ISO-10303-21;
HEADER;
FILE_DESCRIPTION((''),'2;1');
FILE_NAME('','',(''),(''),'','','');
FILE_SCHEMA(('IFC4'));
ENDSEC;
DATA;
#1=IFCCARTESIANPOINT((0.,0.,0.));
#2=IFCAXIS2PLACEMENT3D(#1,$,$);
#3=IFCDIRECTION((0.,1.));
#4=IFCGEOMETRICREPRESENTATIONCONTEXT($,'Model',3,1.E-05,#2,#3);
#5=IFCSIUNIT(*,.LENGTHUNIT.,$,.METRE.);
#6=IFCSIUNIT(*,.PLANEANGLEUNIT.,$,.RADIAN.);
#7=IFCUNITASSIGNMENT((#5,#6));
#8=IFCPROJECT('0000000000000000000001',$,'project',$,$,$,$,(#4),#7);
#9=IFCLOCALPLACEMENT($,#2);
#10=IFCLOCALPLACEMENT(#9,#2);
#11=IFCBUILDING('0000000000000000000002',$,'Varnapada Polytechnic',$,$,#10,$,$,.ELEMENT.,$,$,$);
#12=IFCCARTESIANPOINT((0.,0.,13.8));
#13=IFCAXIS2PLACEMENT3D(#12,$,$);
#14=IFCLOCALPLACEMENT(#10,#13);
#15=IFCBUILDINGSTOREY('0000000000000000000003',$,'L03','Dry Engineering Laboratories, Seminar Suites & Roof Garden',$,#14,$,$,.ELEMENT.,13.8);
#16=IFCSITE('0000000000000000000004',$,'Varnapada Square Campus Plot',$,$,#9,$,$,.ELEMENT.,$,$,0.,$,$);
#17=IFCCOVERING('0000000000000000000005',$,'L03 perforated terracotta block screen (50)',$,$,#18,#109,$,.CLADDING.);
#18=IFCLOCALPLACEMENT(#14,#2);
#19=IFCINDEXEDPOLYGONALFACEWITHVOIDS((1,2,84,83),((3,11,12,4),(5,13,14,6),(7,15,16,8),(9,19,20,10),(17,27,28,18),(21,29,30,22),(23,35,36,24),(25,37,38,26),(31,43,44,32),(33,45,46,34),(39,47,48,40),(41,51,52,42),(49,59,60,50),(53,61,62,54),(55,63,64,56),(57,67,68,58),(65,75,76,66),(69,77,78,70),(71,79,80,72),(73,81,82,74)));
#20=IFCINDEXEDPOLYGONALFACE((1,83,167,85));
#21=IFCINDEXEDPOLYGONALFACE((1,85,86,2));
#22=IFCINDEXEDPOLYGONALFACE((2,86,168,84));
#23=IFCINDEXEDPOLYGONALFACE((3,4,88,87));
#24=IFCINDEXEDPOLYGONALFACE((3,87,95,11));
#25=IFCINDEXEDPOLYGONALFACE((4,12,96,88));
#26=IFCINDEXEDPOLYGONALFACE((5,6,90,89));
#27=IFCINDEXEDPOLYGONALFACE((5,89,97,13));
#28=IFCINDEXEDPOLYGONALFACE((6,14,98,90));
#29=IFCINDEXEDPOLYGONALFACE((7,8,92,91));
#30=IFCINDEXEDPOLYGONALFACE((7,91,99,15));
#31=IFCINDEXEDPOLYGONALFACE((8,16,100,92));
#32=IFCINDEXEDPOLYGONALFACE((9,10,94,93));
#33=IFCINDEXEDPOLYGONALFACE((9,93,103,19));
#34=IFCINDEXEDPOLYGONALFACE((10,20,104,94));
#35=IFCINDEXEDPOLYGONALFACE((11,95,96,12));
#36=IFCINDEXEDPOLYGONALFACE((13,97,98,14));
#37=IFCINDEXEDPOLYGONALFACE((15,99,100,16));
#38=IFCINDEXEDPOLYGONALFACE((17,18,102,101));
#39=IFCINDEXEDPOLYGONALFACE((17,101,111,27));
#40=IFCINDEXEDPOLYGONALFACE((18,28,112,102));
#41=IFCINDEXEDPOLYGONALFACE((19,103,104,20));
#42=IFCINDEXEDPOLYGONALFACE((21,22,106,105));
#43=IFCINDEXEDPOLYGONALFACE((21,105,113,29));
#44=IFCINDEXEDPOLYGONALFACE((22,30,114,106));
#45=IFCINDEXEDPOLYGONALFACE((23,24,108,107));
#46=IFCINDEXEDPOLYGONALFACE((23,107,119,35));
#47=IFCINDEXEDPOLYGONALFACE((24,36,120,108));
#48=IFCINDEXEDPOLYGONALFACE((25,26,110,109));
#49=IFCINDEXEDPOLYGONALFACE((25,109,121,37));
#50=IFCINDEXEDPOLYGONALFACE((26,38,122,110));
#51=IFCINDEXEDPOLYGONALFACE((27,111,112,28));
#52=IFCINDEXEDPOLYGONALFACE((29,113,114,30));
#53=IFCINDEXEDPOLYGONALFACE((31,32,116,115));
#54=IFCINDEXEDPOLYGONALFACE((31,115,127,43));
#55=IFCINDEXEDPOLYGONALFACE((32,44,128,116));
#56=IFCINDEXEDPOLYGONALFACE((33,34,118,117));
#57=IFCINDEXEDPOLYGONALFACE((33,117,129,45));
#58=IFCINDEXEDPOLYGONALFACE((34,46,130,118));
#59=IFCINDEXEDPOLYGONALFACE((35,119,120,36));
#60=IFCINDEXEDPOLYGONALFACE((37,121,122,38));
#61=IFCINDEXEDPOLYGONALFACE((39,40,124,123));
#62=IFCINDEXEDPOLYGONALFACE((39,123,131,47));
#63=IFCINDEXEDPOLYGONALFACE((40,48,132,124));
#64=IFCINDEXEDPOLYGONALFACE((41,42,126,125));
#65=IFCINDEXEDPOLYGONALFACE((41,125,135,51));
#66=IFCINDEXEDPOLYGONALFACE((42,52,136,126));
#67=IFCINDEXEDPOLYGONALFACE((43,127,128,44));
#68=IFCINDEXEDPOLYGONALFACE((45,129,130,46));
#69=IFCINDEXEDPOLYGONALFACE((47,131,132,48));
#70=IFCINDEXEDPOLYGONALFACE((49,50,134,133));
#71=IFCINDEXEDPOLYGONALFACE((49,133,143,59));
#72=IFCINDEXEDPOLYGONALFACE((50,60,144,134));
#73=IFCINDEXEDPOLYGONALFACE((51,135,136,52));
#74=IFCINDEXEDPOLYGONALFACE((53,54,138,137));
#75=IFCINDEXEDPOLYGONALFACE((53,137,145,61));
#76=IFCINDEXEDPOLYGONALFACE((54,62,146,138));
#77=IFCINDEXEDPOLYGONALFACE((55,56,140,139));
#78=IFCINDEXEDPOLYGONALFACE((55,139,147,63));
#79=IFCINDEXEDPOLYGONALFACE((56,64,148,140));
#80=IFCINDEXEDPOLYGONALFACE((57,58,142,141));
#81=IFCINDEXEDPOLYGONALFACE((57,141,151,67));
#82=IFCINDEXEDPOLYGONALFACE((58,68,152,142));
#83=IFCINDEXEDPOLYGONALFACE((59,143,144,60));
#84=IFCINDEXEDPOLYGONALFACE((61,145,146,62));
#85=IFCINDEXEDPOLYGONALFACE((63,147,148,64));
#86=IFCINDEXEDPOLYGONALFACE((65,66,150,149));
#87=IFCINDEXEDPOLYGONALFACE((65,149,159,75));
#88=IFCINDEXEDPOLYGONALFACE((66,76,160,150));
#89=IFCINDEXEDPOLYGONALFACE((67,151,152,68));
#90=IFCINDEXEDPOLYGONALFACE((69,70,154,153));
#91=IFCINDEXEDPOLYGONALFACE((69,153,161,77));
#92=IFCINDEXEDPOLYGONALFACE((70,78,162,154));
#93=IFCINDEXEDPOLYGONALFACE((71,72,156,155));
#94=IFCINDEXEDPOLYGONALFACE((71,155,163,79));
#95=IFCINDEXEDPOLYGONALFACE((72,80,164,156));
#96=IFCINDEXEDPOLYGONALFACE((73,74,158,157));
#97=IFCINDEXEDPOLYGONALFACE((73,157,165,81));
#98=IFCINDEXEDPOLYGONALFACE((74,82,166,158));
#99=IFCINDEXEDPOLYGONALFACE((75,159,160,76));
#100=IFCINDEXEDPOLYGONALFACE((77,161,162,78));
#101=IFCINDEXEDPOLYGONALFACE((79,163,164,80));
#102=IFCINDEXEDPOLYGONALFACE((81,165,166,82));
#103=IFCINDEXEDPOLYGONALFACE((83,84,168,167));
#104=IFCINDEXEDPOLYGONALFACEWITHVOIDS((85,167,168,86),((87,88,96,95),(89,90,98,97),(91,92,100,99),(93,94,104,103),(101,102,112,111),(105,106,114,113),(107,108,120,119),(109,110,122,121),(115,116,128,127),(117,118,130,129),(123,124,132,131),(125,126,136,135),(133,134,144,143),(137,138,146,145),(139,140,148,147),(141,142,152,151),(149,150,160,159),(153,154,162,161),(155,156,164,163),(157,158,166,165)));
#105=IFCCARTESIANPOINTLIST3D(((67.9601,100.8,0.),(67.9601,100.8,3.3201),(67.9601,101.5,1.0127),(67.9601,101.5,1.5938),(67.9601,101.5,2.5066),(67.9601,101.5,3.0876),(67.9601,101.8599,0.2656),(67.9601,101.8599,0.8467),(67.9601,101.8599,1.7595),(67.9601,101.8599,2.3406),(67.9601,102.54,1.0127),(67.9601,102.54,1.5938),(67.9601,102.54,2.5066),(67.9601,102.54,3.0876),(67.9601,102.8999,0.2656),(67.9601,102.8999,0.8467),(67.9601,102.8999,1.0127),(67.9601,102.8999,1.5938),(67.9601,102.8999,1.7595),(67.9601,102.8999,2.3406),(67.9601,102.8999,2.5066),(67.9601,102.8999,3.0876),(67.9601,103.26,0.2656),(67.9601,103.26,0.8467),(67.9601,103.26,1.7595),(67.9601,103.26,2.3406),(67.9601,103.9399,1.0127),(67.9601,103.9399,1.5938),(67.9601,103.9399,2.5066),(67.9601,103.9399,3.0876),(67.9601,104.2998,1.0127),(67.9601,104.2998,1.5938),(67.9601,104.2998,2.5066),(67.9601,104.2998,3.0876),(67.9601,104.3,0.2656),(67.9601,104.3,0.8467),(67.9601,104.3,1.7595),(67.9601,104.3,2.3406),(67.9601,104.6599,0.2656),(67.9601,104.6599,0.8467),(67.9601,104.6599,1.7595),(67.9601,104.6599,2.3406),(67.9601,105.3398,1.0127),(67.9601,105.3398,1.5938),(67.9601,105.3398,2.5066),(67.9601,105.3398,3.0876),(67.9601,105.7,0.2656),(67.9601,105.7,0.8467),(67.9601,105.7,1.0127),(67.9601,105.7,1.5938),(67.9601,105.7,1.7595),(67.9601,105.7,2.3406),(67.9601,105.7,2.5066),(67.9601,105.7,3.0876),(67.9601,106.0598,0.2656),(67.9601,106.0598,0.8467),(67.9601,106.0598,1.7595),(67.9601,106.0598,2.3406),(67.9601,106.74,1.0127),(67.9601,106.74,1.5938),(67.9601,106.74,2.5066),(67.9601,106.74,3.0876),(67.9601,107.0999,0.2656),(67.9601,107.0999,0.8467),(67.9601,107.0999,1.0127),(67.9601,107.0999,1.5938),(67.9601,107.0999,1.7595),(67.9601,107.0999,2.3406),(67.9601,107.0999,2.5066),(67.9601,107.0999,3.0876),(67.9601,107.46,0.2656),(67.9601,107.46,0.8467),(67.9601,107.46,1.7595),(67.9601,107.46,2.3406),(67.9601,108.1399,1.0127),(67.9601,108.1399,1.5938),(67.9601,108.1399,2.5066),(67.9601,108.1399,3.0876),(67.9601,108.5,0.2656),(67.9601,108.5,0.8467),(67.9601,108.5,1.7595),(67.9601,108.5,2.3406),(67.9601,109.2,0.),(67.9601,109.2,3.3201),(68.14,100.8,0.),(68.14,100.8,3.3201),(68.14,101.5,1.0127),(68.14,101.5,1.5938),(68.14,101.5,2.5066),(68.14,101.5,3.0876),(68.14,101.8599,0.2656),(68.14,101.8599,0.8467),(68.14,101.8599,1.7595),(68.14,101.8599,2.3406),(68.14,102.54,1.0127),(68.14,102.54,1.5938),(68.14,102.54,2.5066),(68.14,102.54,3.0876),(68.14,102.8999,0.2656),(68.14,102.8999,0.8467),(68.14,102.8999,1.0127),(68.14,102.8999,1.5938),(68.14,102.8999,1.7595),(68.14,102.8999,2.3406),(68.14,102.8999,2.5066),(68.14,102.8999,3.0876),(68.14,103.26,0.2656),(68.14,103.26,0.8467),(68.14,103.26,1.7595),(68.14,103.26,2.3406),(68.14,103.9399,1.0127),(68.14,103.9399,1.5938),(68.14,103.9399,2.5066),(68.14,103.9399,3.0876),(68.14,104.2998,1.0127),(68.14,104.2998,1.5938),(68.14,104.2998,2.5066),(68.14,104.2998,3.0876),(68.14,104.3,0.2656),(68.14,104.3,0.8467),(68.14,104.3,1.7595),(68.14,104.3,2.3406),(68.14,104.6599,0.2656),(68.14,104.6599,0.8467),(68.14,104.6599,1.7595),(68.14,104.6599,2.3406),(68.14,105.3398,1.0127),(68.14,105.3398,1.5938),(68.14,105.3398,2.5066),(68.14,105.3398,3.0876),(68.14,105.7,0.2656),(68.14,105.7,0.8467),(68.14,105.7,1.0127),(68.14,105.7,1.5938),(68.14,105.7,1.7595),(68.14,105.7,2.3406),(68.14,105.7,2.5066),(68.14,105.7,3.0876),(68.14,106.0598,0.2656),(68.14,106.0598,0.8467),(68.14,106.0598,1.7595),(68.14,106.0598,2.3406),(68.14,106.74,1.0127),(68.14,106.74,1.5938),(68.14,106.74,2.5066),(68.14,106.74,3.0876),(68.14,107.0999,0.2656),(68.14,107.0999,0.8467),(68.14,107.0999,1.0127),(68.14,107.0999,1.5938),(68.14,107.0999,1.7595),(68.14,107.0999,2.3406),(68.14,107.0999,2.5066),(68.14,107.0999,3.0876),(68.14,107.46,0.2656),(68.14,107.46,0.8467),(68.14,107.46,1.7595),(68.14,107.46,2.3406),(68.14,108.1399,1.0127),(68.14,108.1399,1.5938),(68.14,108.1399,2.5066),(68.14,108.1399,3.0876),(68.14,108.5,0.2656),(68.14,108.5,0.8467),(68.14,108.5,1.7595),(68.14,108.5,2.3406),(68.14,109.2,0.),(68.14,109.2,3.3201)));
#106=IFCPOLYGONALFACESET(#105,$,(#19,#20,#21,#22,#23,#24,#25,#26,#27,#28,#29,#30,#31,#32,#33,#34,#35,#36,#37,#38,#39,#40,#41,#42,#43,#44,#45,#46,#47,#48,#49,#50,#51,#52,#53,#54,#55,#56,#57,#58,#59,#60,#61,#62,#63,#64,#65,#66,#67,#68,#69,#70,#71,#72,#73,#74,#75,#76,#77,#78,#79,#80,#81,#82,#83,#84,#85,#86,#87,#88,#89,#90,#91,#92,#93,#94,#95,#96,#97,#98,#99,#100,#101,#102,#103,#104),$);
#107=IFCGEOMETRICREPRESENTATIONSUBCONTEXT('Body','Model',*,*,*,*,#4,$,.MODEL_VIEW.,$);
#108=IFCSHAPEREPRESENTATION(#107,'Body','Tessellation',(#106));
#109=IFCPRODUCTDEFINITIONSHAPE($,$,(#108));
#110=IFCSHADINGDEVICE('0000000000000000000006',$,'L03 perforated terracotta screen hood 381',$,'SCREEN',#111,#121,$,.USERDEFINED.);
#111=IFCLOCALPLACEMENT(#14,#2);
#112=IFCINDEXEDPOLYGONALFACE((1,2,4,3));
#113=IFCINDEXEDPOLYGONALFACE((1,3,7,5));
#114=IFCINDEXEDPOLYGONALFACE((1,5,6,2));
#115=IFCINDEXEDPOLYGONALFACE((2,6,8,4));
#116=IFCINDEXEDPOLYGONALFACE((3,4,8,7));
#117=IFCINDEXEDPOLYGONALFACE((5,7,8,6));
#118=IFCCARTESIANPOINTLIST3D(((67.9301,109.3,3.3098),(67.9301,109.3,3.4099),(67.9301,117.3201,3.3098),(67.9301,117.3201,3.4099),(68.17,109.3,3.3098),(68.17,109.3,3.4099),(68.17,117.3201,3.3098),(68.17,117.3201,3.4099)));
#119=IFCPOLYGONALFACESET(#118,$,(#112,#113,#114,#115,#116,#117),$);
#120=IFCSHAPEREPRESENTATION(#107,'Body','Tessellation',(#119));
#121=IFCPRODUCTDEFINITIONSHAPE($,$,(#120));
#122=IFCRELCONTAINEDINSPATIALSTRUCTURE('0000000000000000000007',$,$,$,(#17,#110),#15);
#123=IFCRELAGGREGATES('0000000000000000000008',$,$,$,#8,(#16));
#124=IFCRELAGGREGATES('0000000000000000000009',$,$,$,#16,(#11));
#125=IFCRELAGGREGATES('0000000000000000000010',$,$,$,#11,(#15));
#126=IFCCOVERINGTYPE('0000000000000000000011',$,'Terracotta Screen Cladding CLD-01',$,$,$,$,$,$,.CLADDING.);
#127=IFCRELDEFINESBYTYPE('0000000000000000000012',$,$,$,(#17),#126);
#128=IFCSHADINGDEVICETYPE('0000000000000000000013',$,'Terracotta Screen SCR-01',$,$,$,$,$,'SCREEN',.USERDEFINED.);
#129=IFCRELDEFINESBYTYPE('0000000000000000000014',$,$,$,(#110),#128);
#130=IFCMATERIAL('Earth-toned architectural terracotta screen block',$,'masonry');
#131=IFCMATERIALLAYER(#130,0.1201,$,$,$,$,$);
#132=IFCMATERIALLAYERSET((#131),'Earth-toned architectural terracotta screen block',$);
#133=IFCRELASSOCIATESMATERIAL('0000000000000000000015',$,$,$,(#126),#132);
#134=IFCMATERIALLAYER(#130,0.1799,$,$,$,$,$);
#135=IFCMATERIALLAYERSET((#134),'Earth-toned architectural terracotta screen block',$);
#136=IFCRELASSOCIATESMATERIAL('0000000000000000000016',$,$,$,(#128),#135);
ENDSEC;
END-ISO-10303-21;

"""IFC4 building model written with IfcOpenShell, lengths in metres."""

from ifc_helpers import new_model, si_unit, direction, frame, frame_2d, origin, origin_2d, place, context, subcontext, project, spatial, rectangle, extrude, material, layer, layer_set, type_object, element, save


model = new_model("IFC4")

# Units and contexts
model_context = context("Model", 3, precision=1e-05, world=origin(), true_north=direction((0.0, 1.0)))
body_context = subcontext(model_context, "Body", "Model", "MODEL_VIEW")
ifc_project = project(units=[si_unit("LENGTHUNIT", "METRE"), si_unit("PLANEANGLEUNIT", "RADIAN")], contexts=[model_context])

# Site, building, storey
site_placement = place(None, origin())
site = spatial("IfcSite", under=ifc_project, at=site_placement, Name="Varnapada Square Campus Plot", CompositionType="ELEMENT", RefElevation=0.0)
building_placement = place(site_placement, origin())
building = spatial("IfcBuilding", under=site, at=building_placement, Name="Varnapada Polytechnic", CompositionType="ELEMENT")
storey_placement = place(building_placement, frame((0.0, 0.0, 13.8)))
storey = spatial("IfcBuildingStorey", under=building, at=storey_placement, Name="L03", Description="Dry Engineering Laboratories, Seminar Suites & Roof Garden", CompositionType="ELEMENT", Elevation=13.8)

# Covering, openings
ifc_material_1 = material(Name="Earth-toned architectural terracotta screen block", Category="masonry")
ifc_layer_1 = layer(ifc_material_1, 0.1201)
ifc_layer_set_1 = layer_set([ifc_layer_1], Name="Earth-toned architectural terracotta screen block")
covering_type_1 = type_object("IfcCoveringType", Name="Terracotta Screen Cladding CLD-01", PredefinedType="CLADDING", material=ifc_layer_set_1)
covering_1_placement = place(storey_placement, frame((68.05, 109.2, 0.0), z_axis=(0.0, 0.0, 1.0), x_axis=(0.0, -1.0, 0.0)))
covering_1 = element("IfcCovering", 1, at=covering_1_placement, inside=storey, type_object=covering_type_1, Name="L03 perforated terracotta block screen (50)", PredefinedType="CLADDING", context=body_context, shape_type="SweptSolid", body=[
    extrude(rectangle(XDim=8.3999, YDim=0.1799, at=frame_2d((4.2, 0.0))), origin(), (0.0, 0.0, 1.0), 3.3201),
])
opening_1_placement = place(covering_1_placement, frame((0.7, 0.0, 0.2656)))
element("IfcOpeningElement", 2, at=opening_1_placement, cuts=covering_1, PredefinedType="OPENING", context=body_context, shape_type="SweptSolid", body=[
    extrude(rectangle(XDim=1.04, YDim=0.5811, at=frame_2d((0.52, 0.2905))), frame((0.0, 0.0999, 0.0), z_axis=(0.0, -1.0, 0.0), x_axis=(1.0, 0.0, 0.0)), (0.0, 0.0, 1.0), 0.2),
])
opening_2_placement = place(covering_1_placement, frame((2.1001, 0.0, 0.2656)))
element("IfcOpeningElement", 3, at=opening_2_placement, cuts=covering_1, PredefinedType="OPENING", context=body_context, shape_type="SweptSolid", body=[
    extrude(rectangle(XDim=1.04, YDim=0.5811, at=frame_2d((0.52, 0.2905))), frame((0.0, 0.0999, 0.0), z_axis=(0.0, -1.0, 0.0), x_axis=(1.0, 0.0, 0.0)), (0.0, 0.0, 1.0), 0.2),
])
opening_3_placement = place(covering_1_placement, frame((3.5, 0.0, 0.2656)))
element("IfcOpeningElement", 4, at=opening_3_placement, cuts=covering_1, PredefinedType="OPENING", context=body_context, shape_type="SweptSolid", body=[
    extrude(rectangle(XDim=1.04, YDim=0.5811, at=frame_2d((0.52, 0.2905))), frame((0.0, 0.0999, 0.0), z_axis=(0.0, -1.0, 0.0), x_axis=(1.0, 0.0, 0.0)), (0.0, 0.0, 1.0), 0.2),
])
opening_4_placement = place(covering_1_placement, frame((4.8999, 0.0, 0.2656)))
element("IfcOpeningElement", 5, at=opening_4_placement, cuts=covering_1, PredefinedType="OPENING", context=body_context, shape_type="SweptSolid", body=[
    extrude(rectangle(XDim=1.04, YDim=0.5811, at=frame_2d((0.52, 0.2905))), frame((0.0, 0.0999, 0.0), z_axis=(0.0, -1.0, 0.0), x_axis=(1.0, 0.0, 0.0)), (0.0, 0.0, 1.0), 0.2),
])
opening_5_placement = place(covering_1_placement, frame((6.3, 0.0, 0.2656)))
element("IfcOpeningElement", 6, at=opening_5_placement, cuts=covering_1, PredefinedType="OPENING", context=body_context, shape_type="SweptSolid", body=[
    extrude(rectangle(XDim=1.04, YDim=0.5811, at=frame_2d((0.52, 0.2905))), frame((0.0, 0.0999, 0.0), z_axis=(0.0, -1.0, 0.0), x_axis=(1.0, 0.0, 0.0)), (0.0, 0.0, 1.0), 0.2),
])
opening_6_placement = place(covering_1_placement, frame((1.0601, 0.0, 1.0127)))
element("IfcOpeningElement", 7, at=opening_6_placement, cuts=covering_1, PredefinedType="OPENING", context=body_context, shape_type="SweptSolid", body=[
    extrude(rectangle(XDim=1.04, YDim=0.5811, at=frame_2d((0.52, 0.2905))), frame((0.0, 0.0999, 0.0), z_axis=(0.0, -1.0, 0.0), x_axis=(1.0, 0.0, 0.0)), (0.0, 0.0, 1.0), 0.2),
])
opening_7_placement = place(covering_1_placement, frame((2.46, 0.0, 1.0127)))
element("IfcOpeningElement", 8, at=opening_7_placement, cuts=covering_1, PredefinedType="OPENING", context=body_context, shape_type="SweptSolid", body=[
    extrude(rectangle(XDim=1.04, YDim=0.5811, at=frame_2d((0.52, 0.2905))), frame((0.0, 0.0999, 0.0), z_axis=(0.0, -1.0, 0.0), x_axis=(1.0, 0.0, 0.0)), (0.0, 0.0, 1.0), 0.2),
])
opening_8_placement = place(covering_1_placement, frame((3.8601, 0.0, 1.0127)))
element("IfcOpeningElement", 9, at=opening_8_placement, cuts=covering_1, PredefinedType="OPENING", context=body_context, shape_type="SweptSolid", body=[
    extrude(rectangle(XDim=1.04, YDim=0.5811, at=frame_2d((0.52, 0.2905))), frame((0.0, 0.0999, 0.0), z_axis=(0.0, -1.0, 0.0), x_axis=(1.0, 0.0, 0.0)), (0.0, 0.0, 1.0), 0.2),
])
opening_9_placement = place(covering_1_placement, frame((5.26, 0.0, 1.0127)))
element("IfcOpeningElement", 10, at=opening_9_placement, cuts=covering_1, PredefinedType="OPENING", context=body_context, shape_type="SweptSolid", body=[
    extrude(rectangle(XDim=1.04, YDim=0.5811, at=frame_2d((0.52, 0.2905))), frame((0.0, 0.0999, 0.0), z_axis=(0.0, -1.0, 0.0), x_axis=(1.0, 0.0, 0.0)), (0.0, 0.0, 1.0), 0.2),
])
opening_10_placement = place(covering_1_placement, frame((6.6599, 0.0, 1.0127)))
element("IfcOpeningElement", 11, at=opening_10_placement, cuts=covering_1, PredefinedType="OPENING", context=body_context, shape_type="SweptSolid", body=[
    extrude(rectangle(XDim=1.04, YDim=0.5811, at=frame_2d((0.52, 0.2905))), frame((0.0, 0.0999, 0.0), z_axis=(0.0, -1.0, 0.0), x_axis=(1.0, 0.0, 0.0)), (0.0, 0.0, 1.0), 0.2),
])
opening_11_placement = place(covering_1_placement, frame((0.7, 0.0, 1.7595)))
element("IfcOpeningElement", 12, at=opening_11_placement, cuts=covering_1, PredefinedType="OPENING", context=body_context, shape_type="SweptSolid", body=[
    extrude(rectangle(XDim=1.04, YDim=0.5811, at=frame_2d((0.52, 0.2905))), frame((0.0, 0.0999, 0.0), z_axis=(0.0, -1.0, 0.0), x_axis=(1.0, 0.0, 0.0)), (0.0, 0.0, 1.0), 0.2),
])
opening_12_placement = place(covering_1_placement, frame((2.1001, 0.0, 1.7595)))
element("IfcOpeningElement", 13, at=opening_12_placement, cuts=covering_1, PredefinedType="OPENING", context=body_context, shape_type="SweptSolid", body=[
    extrude(rectangle(XDim=1.04, YDim=0.5811, at=frame_2d((0.52, 0.2905))), frame((0.0, 0.0999, 0.0), z_axis=(0.0, -1.0, 0.0), x_axis=(1.0, 0.0, 0.0)), (0.0, 0.0, 1.0), 0.2),
])
opening_13_placement = place(covering_1_placement, frame((3.5, 0.0, 1.7595)))
element("IfcOpeningElement", 14, at=opening_13_placement, cuts=covering_1, PredefinedType="OPENING", context=body_context, shape_type="SweptSolid", body=[
    extrude(rectangle(XDim=1.04, YDim=0.5811, at=frame_2d((0.52, 0.2905))), frame((0.0, 0.0999, 0.0), z_axis=(0.0, -1.0, 0.0), x_axis=(1.0, 0.0, 0.0)), (0.0, 0.0, 1.0), 0.2),
])
opening_14_placement = place(covering_1_placement, frame((4.8999, 0.0, 1.7595)))
element("IfcOpeningElement", 15, at=opening_14_placement, cuts=covering_1, PredefinedType="OPENING", context=body_context, shape_type="SweptSolid", body=[
    extrude(rectangle(XDim=1.04, YDim=0.5811, at=frame_2d((0.52, 0.2905))), frame((0.0, 0.0999, 0.0), z_axis=(0.0, -1.0, 0.0), x_axis=(1.0, 0.0, 0.0)), (0.0, 0.0, 1.0), 0.2),
])
opening_15_placement = place(covering_1_placement, frame((6.3, 0.0, 1.7595)))
element("IfcOpeningElement", 16, at=opening_15_placement, cuts=covering_1, PredefinedType="OPENING", context=body_context, shape_type="SweptSolid", body=[
    extrude(rectangle(XDim=1.04, YDim=0.5811, at=frame_2d((0.52, 0.2905))), frame((0.0, 0.0999, 0.0), z_axis=(0.0, -1.0, 0.0), x_axis=(1.0, 0.0, 0.0)), (0.0, 0.0, 1.0), 0.2),
])
opening_16_placement = place(covering_1_placement, frame((1.0601, 0.0, 2.5066)))
element("IfcOpeningElement", 17, at=opening_16_placement, cuts=covering_1, PredefinedType="OPENING", context=body_context, shape_type="SweptSolid", body=[
    extrude(rectangle(XDim=1.04, YDim=0.5811, at=frame_2d((0.52, 0.2905))), frame((0.0, 0.0999, 0.0), z_axis=(0.0, -1.0, 0.0), x_axis=(1.0, 0.0, 0.0)), (0.0, 0.0, 1.0), 0.2),
])
opening_17_placement = place(covering_1_placement, frame((2.46, 0.0, 2.5066)))
element("IfcOpeningElement", 18, at=opening_17_placement, cuts=covering_1, PredefinedType="OPENING", context=body_context, shape_type="SweptSolid", body=[
    extrude(rectangle(XDim=1.04, YDim=0.5811, at=frame_2d((0.52, 0.2905))), frame((0.0, 0.0999, 0.0), z_axis=(0.0, -1.0, 0.0), x_axis=(1.0, 0.0, 0.0)), (0.0, 0.0, 1.0), 0.2),
])
opening_18_placement = place(covering_1_placement, frame((3.8601, 0.0, 2.5066)))
element("IfcOpeningElement", 19, at=opening_18_placement, cuts=covering_1, PredefinedType="OPENING", context=body_context, shape_type="SweptSolid", body=[
    extrude(rectangle(XDim=1.04, YDim=0.5811, at=frame_2d((0.52, 0.2905))), frame((0.0, 0.0999, 0.0), z_axis=(0.0, -1.0, 0.0), x_axis=(1.0, 0.0, 0.0)), (0.0, 0.0, 1.0), 0.2),
])
opening_19_placement = place(covering_1_placement, frame((5.26, 0.0, 2.5066)))
element("IfcOpeningElement", 20, at=opening_19_placement, cuts=covering_1, PredefinedType="OPENING", context=body_context, shape_type="SweptSolid", body=[
    extrude(rectangle(XDim=1.04, YDim=0.5811, at=frame_2d((0.52, 0.2905))), frame((0.0, 0.0999, 0.0), z_axis=(0.0, -1.0, 0.0), x_axis=(1.0, 0.0, 0.0)), (0.0, 0.0, 1.0), 0.2),
])
opening_20_placement = place(covering_1_placement, frame((6.6599, 0.0, 2.5066)))
element("IfcOpeningElement", 21, at=opening_20_placement, cuts=covering_1, PredefinedType="OPENING", context=body_context, shape_type="SweptSolid", body=[
    extrude(rectangle(XDim=1.04, YDim=0.5811, at=frame_2d((0.52, 0.2905))), frame((0.0, 0.0999, 0.0), z_axis=(0.0, -1.0, 0.0), x_axis=(1.0, 0.0, 0.0)), (0.0, 0.0, 1.0), 0.2),
])

# Shading device
ifc_layer_2 = layer(ifc_material_1, 0.1799)
ifc_layer_set_2 = layer_set([ifc_layer_2], Name="Earth-toned architectural terracotta screen block")
shading_device_type = type_object("IfcShadingDeviceType", Name="Terracotta Screen SCR-01", ElementType="SCREEN", PredefinedType="USERDEFINED", material=ifc_layer_set_2)
shading_device_placement = place(storey_placement, frame((68.05, 113.3101, 3.3098), z_axis=(0.0, 0.0, 1.0), x_axis=(0.0, -1.0, 0.0)))
element("IfcShadingDevice", 22, at=shading_device_placement, inside=storey, type_object=shading_device_type, Name="L03 perforated terracotta screen hood 381", ObjectType="SCREEN", PredefinedType="USERDEFINED", context=body_context, shape_type="SweptSolid", body=[
    extrude(rectangle(XDim=8.02, YDim=0.24, at=origin_2d()), origin(), (0.0, 0.0, 1.0), 0.1001),
])

save(model, "model.ifc")
